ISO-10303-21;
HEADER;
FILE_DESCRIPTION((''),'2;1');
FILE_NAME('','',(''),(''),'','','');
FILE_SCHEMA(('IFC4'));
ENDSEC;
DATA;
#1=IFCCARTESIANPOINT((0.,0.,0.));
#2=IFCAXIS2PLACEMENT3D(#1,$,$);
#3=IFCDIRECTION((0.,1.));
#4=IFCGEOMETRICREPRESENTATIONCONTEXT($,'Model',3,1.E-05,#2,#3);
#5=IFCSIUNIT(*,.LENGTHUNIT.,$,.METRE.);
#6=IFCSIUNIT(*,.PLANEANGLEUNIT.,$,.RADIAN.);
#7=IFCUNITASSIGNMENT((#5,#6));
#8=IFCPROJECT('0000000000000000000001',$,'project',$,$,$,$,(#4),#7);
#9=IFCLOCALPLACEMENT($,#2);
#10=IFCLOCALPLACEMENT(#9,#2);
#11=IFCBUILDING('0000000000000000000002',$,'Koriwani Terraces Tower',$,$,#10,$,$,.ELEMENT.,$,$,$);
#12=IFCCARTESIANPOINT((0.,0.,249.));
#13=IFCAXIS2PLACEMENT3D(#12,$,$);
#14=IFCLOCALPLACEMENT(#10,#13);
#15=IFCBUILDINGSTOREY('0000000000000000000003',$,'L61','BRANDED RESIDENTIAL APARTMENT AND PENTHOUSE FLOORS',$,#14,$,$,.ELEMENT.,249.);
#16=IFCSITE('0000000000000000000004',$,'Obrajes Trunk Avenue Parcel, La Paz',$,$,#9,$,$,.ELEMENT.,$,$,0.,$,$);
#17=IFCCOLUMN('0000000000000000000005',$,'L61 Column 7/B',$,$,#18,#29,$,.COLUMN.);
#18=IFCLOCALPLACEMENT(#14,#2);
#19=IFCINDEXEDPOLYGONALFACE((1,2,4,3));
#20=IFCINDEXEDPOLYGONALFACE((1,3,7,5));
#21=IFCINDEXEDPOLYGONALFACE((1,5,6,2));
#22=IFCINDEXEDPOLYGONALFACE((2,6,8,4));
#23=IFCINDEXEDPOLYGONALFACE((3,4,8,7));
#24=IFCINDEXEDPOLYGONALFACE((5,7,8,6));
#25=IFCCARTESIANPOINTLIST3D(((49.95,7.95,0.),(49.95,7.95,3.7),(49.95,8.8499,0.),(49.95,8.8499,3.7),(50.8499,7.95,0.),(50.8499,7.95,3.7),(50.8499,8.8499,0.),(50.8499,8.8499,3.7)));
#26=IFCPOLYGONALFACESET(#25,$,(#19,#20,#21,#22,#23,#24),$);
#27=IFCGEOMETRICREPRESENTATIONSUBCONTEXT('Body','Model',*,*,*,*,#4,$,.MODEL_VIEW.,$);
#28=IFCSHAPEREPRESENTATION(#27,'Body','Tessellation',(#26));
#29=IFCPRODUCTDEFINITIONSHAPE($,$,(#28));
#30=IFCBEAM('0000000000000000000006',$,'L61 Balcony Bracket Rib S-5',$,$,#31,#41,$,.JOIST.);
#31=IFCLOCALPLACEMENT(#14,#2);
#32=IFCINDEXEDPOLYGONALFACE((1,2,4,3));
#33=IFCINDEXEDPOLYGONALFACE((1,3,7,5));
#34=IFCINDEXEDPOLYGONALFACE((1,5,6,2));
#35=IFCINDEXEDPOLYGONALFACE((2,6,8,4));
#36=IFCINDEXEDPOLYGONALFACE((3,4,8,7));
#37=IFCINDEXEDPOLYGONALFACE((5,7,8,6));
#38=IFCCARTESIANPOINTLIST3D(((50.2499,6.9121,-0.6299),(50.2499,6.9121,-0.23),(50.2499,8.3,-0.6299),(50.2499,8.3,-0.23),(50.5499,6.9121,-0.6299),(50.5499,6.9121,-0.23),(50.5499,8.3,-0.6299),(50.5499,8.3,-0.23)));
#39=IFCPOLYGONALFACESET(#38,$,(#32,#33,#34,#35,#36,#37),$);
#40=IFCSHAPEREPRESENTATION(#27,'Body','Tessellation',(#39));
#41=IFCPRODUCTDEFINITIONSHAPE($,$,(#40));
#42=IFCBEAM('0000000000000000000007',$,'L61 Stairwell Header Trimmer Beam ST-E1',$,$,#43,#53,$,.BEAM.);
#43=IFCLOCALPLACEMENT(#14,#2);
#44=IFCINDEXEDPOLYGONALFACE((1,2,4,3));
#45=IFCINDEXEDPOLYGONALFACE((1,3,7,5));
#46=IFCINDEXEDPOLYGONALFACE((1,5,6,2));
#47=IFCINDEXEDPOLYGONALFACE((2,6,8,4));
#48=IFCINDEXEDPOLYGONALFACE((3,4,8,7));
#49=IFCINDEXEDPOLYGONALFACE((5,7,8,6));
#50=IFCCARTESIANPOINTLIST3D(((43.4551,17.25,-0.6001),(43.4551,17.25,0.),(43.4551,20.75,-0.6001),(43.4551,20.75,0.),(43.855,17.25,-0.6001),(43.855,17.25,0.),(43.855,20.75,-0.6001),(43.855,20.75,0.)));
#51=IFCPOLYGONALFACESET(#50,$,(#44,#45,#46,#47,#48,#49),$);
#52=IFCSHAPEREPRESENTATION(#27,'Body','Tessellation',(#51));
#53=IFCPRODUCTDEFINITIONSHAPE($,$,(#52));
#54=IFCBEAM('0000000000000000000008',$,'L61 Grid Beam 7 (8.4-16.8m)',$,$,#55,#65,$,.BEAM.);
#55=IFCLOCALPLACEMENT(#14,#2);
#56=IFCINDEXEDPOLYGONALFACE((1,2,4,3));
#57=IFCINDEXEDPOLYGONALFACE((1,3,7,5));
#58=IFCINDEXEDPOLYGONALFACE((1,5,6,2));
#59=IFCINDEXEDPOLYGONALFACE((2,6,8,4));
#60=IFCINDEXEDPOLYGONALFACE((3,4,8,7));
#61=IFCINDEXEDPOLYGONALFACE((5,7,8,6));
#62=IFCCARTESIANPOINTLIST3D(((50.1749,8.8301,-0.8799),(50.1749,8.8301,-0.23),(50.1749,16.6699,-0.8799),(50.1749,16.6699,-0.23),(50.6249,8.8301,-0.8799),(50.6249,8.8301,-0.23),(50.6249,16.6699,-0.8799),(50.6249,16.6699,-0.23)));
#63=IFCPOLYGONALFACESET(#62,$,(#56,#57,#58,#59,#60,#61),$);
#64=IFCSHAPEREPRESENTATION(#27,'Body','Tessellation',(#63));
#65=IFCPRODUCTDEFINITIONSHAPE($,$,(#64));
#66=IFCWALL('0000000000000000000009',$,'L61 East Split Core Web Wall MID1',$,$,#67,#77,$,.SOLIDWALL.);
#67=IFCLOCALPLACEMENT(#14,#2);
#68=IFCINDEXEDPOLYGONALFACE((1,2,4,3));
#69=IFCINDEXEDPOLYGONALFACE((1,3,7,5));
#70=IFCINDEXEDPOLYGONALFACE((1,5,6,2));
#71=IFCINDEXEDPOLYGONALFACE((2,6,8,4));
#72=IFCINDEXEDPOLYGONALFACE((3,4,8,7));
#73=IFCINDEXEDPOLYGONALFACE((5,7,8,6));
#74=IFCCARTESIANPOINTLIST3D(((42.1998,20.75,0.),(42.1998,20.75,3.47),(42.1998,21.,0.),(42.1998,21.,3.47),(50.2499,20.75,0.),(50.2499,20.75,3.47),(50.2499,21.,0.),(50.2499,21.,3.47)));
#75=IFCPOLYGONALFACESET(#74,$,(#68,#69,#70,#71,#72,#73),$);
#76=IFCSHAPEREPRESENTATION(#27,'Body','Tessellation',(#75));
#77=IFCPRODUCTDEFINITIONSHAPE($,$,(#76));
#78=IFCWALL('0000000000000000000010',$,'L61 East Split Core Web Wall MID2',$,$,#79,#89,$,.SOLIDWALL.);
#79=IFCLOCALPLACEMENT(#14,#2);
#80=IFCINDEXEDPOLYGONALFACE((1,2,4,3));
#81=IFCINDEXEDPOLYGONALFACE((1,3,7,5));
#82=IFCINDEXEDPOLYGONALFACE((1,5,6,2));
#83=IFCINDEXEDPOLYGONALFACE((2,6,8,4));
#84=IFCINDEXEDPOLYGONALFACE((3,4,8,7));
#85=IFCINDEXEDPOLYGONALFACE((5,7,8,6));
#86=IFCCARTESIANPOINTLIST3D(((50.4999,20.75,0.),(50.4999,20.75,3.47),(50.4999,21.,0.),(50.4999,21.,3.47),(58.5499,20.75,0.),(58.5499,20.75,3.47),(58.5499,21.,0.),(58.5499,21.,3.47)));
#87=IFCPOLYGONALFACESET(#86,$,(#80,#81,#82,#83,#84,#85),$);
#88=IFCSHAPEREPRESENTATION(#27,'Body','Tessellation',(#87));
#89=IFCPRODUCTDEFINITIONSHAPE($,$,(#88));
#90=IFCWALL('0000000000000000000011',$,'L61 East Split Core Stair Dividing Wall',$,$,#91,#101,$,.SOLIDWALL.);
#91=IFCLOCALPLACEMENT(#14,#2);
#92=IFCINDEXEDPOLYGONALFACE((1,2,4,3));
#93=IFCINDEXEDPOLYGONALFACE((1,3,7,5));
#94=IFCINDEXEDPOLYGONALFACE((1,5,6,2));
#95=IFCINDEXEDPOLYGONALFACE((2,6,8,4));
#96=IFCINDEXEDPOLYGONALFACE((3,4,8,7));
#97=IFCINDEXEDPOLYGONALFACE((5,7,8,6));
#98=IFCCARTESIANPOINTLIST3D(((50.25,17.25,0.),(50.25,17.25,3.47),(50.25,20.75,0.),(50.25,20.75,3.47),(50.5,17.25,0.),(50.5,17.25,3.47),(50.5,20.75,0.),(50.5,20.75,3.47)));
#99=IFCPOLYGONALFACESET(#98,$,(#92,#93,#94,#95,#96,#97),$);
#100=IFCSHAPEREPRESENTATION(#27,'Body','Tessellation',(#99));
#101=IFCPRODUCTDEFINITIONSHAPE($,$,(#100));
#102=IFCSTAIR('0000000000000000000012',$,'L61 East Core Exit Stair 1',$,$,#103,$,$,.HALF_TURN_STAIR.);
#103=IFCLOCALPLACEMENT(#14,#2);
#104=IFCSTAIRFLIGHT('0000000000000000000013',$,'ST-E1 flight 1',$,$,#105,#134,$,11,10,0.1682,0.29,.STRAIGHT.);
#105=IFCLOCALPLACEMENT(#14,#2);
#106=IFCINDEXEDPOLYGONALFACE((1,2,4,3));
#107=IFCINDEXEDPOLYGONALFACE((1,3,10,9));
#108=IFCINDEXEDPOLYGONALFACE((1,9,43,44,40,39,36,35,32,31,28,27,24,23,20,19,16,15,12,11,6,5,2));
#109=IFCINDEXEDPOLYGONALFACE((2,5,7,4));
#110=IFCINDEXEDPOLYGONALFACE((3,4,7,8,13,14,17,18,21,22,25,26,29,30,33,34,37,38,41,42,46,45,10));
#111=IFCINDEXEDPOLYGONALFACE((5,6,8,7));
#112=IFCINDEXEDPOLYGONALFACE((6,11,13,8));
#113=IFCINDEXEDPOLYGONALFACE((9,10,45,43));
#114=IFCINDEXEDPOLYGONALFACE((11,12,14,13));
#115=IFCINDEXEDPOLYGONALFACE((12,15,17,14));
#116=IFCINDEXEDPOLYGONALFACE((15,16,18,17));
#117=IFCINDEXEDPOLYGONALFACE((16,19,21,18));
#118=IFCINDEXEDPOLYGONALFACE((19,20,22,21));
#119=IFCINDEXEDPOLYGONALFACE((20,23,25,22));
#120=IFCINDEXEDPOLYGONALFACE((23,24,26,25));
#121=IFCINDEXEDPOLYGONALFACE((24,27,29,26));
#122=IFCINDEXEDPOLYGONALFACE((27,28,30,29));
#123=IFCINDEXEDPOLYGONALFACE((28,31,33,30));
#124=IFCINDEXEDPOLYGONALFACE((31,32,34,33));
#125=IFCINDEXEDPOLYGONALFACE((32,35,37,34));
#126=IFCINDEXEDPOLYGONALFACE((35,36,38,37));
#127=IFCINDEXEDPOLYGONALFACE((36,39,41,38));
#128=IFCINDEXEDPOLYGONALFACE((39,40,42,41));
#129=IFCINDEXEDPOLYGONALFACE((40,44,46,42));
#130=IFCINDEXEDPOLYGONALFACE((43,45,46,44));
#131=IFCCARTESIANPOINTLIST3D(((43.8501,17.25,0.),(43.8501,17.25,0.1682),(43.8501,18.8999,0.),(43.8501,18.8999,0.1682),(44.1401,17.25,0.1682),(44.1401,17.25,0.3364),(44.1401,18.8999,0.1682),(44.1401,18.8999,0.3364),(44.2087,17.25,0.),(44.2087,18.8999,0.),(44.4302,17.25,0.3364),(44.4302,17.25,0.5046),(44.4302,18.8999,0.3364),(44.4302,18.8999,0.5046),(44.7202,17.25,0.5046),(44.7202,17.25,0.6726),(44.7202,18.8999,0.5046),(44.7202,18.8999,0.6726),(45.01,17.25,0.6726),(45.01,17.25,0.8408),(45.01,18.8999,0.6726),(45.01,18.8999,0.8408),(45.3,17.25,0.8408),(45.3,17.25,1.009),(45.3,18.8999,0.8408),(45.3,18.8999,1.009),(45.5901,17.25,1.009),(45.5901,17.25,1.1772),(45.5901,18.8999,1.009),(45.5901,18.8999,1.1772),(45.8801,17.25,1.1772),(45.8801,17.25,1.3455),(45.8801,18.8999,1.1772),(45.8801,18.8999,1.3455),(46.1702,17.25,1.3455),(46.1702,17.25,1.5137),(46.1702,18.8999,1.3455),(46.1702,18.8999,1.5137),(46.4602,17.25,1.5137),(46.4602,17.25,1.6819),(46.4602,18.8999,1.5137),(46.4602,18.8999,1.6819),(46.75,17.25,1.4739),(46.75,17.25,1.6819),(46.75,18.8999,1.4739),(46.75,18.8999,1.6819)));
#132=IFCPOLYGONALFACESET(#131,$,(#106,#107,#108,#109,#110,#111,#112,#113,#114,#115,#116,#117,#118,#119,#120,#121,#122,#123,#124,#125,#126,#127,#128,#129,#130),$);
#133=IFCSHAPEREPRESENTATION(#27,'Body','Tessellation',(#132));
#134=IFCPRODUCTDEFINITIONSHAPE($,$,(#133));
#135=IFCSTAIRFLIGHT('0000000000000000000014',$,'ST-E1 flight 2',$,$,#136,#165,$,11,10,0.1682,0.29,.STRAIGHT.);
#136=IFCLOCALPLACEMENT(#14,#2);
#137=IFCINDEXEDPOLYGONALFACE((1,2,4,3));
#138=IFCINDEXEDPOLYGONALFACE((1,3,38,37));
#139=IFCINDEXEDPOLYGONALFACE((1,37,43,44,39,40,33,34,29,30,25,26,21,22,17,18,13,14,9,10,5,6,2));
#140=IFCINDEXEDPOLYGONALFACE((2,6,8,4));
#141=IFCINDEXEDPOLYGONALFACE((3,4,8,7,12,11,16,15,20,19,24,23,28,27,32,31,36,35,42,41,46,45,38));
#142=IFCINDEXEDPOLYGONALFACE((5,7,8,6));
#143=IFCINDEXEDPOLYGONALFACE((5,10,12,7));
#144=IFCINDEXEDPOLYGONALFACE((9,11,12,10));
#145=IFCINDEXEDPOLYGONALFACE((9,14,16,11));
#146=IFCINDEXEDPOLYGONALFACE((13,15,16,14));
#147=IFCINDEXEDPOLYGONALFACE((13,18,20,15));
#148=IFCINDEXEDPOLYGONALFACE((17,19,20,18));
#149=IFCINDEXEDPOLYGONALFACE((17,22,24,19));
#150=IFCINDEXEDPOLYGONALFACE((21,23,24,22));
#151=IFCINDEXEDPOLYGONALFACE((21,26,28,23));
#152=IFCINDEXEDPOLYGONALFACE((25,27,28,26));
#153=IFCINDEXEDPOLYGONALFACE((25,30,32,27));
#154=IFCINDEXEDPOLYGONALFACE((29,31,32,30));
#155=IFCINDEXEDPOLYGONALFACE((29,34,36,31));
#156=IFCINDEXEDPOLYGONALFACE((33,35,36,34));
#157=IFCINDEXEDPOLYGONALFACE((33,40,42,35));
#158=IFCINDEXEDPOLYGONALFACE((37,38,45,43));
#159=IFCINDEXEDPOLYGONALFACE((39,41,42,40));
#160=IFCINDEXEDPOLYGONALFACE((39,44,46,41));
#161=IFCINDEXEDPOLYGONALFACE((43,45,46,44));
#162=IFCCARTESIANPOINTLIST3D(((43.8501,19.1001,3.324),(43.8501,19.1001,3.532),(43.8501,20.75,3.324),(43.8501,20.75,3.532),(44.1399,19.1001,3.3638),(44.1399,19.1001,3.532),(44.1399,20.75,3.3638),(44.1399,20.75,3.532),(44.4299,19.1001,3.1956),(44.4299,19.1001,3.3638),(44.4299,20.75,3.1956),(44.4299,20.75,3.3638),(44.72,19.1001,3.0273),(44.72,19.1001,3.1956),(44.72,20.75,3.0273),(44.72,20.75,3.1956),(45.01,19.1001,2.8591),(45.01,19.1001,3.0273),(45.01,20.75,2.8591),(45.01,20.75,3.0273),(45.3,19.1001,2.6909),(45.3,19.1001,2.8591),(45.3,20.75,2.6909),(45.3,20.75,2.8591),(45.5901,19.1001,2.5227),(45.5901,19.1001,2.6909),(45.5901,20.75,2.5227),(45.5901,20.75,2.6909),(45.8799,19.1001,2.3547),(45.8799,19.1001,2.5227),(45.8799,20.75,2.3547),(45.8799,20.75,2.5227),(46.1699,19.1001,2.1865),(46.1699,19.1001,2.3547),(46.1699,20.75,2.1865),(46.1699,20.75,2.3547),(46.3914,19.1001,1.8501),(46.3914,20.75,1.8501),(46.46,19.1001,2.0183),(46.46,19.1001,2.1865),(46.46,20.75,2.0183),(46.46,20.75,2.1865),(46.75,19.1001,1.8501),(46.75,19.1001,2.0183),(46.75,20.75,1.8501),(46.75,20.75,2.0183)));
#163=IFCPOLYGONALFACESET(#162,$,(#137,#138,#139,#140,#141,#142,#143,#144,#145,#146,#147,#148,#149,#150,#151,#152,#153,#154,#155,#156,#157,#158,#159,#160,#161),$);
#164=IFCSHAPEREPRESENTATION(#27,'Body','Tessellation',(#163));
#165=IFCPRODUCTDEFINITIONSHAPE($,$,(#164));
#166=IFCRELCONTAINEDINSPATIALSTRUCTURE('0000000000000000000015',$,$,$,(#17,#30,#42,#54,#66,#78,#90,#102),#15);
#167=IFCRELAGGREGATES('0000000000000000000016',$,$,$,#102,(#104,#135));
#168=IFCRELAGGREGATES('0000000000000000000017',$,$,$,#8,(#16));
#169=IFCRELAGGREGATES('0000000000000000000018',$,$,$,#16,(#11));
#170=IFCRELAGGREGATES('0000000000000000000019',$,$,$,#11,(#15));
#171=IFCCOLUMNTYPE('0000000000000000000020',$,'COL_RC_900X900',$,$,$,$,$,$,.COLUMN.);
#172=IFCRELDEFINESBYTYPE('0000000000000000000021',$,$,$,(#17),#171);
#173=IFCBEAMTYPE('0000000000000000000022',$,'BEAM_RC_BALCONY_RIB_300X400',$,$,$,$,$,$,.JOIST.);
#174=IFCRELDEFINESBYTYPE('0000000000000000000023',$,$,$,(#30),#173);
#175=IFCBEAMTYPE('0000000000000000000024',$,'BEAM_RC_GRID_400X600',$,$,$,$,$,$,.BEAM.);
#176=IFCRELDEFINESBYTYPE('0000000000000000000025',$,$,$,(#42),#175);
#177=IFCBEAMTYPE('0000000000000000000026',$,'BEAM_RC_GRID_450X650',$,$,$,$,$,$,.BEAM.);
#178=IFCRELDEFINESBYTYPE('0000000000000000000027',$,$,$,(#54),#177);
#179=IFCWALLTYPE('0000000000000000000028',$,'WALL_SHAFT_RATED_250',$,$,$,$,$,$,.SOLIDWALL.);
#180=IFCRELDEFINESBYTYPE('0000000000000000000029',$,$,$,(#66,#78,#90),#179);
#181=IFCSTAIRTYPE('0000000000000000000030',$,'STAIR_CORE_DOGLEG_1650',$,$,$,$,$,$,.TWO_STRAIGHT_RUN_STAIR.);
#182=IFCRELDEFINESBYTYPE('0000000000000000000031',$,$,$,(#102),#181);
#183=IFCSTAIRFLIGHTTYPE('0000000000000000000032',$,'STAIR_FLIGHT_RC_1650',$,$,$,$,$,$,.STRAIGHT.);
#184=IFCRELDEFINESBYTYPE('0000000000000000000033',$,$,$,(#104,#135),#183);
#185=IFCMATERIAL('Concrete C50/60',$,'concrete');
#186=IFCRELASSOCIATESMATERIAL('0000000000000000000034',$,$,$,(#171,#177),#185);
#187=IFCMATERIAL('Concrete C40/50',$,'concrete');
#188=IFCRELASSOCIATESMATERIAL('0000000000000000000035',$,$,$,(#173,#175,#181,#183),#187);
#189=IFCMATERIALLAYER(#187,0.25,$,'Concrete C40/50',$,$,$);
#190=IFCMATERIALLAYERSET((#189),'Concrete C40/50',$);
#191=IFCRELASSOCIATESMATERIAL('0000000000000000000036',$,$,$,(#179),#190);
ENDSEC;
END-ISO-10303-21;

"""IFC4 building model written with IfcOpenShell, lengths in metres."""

from ifc_helpers import new_model, si_unit, direction, frame, frame_2d, origin, origin_2d, place, context, subcontext, project, spatial, polyline, rectangle, outline, extrude, material, layer, layer_set, material_profile, profile_set, type_object, element, aggregate, save


model = new_model("IFC4")

# Units and contexts
model_context = context("Model", 3, precision=1e-05, world=origin(), true_north=direction((0.0, 1.0)))
body_context = subcontext(model_context, "Body", "Model", "MODEL_VIEW")
ifc_project = project(units=[si_unit("LENGTHUNIT", "METRE"), si_unit("PLANEANGLEUNIT", "RADIAN")], contexts=[model_context])

# Site, building, storey
site_placement = place(None, origin())
site = spatial("IfcSite", under=ifc_project, at=site_placement, Name="Obrajes Trunk Avenue Parcel, La Paz", CompositionType="ELEMENT", RefElevation=0.0)
building_placement = place(site_placement, origin())
building = spatial("IfcBuilding", under=site, at=building_placement, Name="Koriwani Terraces Tower", CompositionType="ELEMENT")
storey_placement = place(building_placement, frame((0.0, 0.0, 249.0)))
storey = spatial("IfcBuildingStorey", under=building, at=storey_placement, Name="L61", Description="BRANDED RESIDENTIAL APARTMENT AND PENTHOUSE FLOORS", CompositionType="ELEMENT", Elevation=249.0)

# Column
ifc_material_1 = material(Name="Concrete C50/60", Category="concrete")
ifc_material_profile_1 = material_profile(ifc_material_1, rectangle(XDim=0.8999, YDim=0.8999, at=origin_2d()), Name="Concrete C50/60", Category="LoadBearing")
ifc_profile_set_1 = profile_set([ifc_material_profile_1], Name="Concrete C50/60")
column_type = type_object("IfcColumnType", Name="COL_RC_900X900", PredefinedType="COLUMN", material=ifc_profile_set_1)
column_placement = place(storey_placement, frame((50.3999, 8.3999, 0.0), z_axis=(0.0, 0.0, 1.0), x_axis=(1.0, 0.0, 0.0)))
element("IfcColumn", 1, at=column_placement, inside=storey, type_object=column_type, Name="L61 Column 7/B", PredefinedType="COLUMN", context=body_context, shape_type="SweptSolid", body=[
    extrude(rectangle(XDim=0.8999, YDim=0.8999, at=origin_2d()), origin(), (0.0, 0.0, 1.0), 3.7),
])

# Beams
ifc_material_2 = material(Name="Concrete C40/50", Category="concrete")
ifc_material_profile_2 = material_profile(ifc_material_2, rectangle(XDim=0.3, YDim=0.3999, at=origin_2d()), Name="Concrete C40/50", Category="LoadBearing")
ifc_profile_set_2 = profile_set([ifc_material_profile_2], Name="Concrete C40/50")
beam_type_1 = type_object("IfcBeamType", Name="BEAM_RC_BALCONY_RIB_300X400", PredefinedType="JOIST", material=ifc_profile_set_2)
beam_1_placement = place(storey_placement, frame((50.3999, 6.9121, -0.4299), z_axis=(0.0, 1.0, 0.0), x_axis=(-1.0, 0.0, 0.0)))
element("IfcBeam", 2, at=beam_1_placement, inside=storey, type_object=beam_type_1, Name="L61 Balcony Bracket Rib S-5", PredefinedType="JOIST", context=body_context, shape_type="SweptSolid", body=[
    extrude(rectangle(XDim=0.3, YDim=0.3999, at=origin_2d()), origin(), (0.0, 0.0, 1.0), 1.3879),
])
ifc_material_profile_3 = material_profile(ifc_material_2, rectangle(XDim=0.3999, YDim=0.6001, at=origin_2d()), Name="Concrete C40/50", Category="LoadBearing")
ifc_profile_set_3 = profile_set([ifc_material_profile_3], Name="Concrete C40/50")
beam_type_2 = type_object("IfcBeamType", Name="BEAM_RC_GRID_400X600", PredefinedType="BEAM", material=ifc_profile_set_3)
beam_2_placement = place(storey_placement, frame((43.655, 17.25, -0.3), z_axis=(0.0, 1.0, 0.0), x_axis=(-1.0, 0.0, 0.0)))
element("IfcBeam", 3, at=beam_2_placement, inside=storey, type_object=beam_type_2, Name="L61 Stairwell Header Trimmer Beam ST-E1", PredefinedType="BEAM", context=body_context, shape_type="SweptSolid", body=[
    extrude(rectangle(XDim=0.3999, YDim=0.6001, at=origin_2d()), origin(), (0.0, 0.0, 1.0), 3.5),
])
ifc_material_profile_4 = material_profile(ifc_material_1, rectangle(XDim=0.45, YDim=0.6499, at=origin_2d()), Name="Concrete C50/60", Category="LoadBearing")
ifc_profile_set_4 = profile_set([ifc_material_profile_4], Name="Concrete C50/60")
beam_type_3 = type_object("IfcBeamType", Name="BEAM_RC_GRID_450X650", PredefinedType="BEAM", material=ifc_profile_set_4)
beam_3_placement = place(storey_placement, frame((50.3999, 8.8301, -0.5549), z_axis=(0.0, 1.0, 0.0), x_axis=(-1.0, 0.0, 0.0)))
element("IfcBeam", 4, at=beam_3_placement, inside=storey, type_object=beam_type_3, Name="L61 Grid Beam 7 (8.4-16.8m)", PredefinedType="BEAM", context=body_context, shape_type="SweptSolid", body=[
    extrude(rectangle(XDim=0.45, YDim=0.6499, at=origin_2d()), origin(), (0.0, 0.0, 1.0), 7.8398),
])

# Walls
ifc_layer_1 = layer(ifc_material_2, 0.25, Name="Concrete C40/50")
ifc_layer_set_1 = layer_set([ifc_layer_1], Name="Concrete C40/50")
wall_type = type_object("IfcWallType", Name="WALL_SHAFT_RATED_250", PredefinedType="SOLIDWALL", material=ifc_layer_set_1)
for number, where, z_axis, x_axis, name in (
    (5, (42.2, 20.875, 0.0), (0.0, 0.0, 1.0), (1.0, 0.0, 0.0), "L61 East Split Core Web Wall MID1"),
    (6, (50.5, 20.875, 0.0), (0.0, 0.0, 1.0), (1.0, 0.0, 0.0), "L61 East Split Core Web Wall MID2"),
):
    element("IfcWall", number, at=place(storey_placement, frame(where, z_axis=z_axis, x_axis=x_axis)), inside=storey, type_object=wall_type, Name=name, PredefinedType="SOLIDWALL", context=body_context, shape_type="SweptSolid", body=[
        extrude(rectangle(XDim=8.05, YDim=0.25, at=frame_2d((4.0249, 0.0))), origin(), (0.0, 0.0, 1.0), 3.47),
    ])
wall_1_placement = place(storey_placement, frame((50.375, 17.25, 0.0), z_axis=(0.0, 0.0, 1.0), x_axis=(0.0, 1.0, 0.0)))
element("IfcWall", 7, at=wall_1_placement, inside=storey, type_object=wall_type, Name="L61 East Split Core Stair Dividing Wall", PredefinedType="SOLIDWALL", context=body_context, shape_type="SweptSolid", body=[
    extrude(rectangle(XDim=3.5, YDim=0.25, at=frame_2d((1.75, 0.0))), origin(), (0.0, 0.0, 1.0), 3.47),
])

# Stair, stair flights
stair_type = type_object("IfcStairType", Name="STAIR_CORE_DOGLEG_1650", PredefinedType="TWO_STRAIGHT_RUN_STAIR", material=ifc_material_2)
stair_placement = place(storey_placement, origin())
stair = element("IfcStair", 8, at=stair_placement, inside=storey, type_object=stair_type, Name="L61 East Core Exit Stair 1", PredefinedType="HALF_TURN_STAIR")
stair_flight_type = type_object("IfcStairFlightType", Name="STAIR_FLIGHT_RC_1650", PredefinedType="STRAIGHT", material=ifc_material_2)
stair_flight_1_placement = place(storey_placement, frame((43.8501, 18.075, 0.0), z_axis=(0.0, 0.0, 1.0), x_axis=(1.0, 0.0, 0.0)))
stair_flight_1 = element("IfcStairFlight", 9, at=stair_flight_1_placement, type_object=stair_flight_type, Name="ST-E1 flight 1", NumberOfRisers=11, NumberOfTreads=10, PredefinedType="STRAIGHT", RiserHeight=0.1682, TreadLength=0.29, context=body_context, shape_type="SweptSolid", body=[
    extrude(outline(polyline([(0.0, 0.0), (0.0, 0.1682), (0.29, 0.1682), (0.29, 0.3364), (0.5801, 0.3364), (0.5801, 0.5046), (0.8701, 0.5046), (0.8701, 0.6726), (1.1599, 0.6726), (1.1599, 0.8408), (1.45, 0.8408), (1.45, 1.009), (1.74, 1.009), (1.74, 1.1772), (2.03, 1.1772), (2.03, 1.3455), (2.3201, 1.3455), (2.3201, 1.5137), (2.6101, 1.5137), (2.6101, 1.6819), (2.8999, 1.6819), (2.8999, 1.8501), (2.8999, 1.4739), (0.3586, 0.0), (0.0, 0.0)])), frame((0.0, 0.825, 0.0), z_axis=(0.0, -1.0, 0.0), x_axis=(1.0, 0.0, 0.0)), (0.0, 0.0, 1.0), 1.6499),
])
stair_flight_2_placement = place(storey_placement, frame((46.75, 19.925, 1.8501), z_axis=(0.0, 0.0, 1.0), x_axis=(-1.0, 0.0, 0.0)))
stair_flight_2 = element("IfcStairFlight", 10, at=stair_flight_2_placement, type_object=stair_flight_type, Name="ST-E1 flight 2", NumberOfRisers=11, NumberOfTreads=10, PredefinedType="STRAIGHT", RiserHeight=0.1682, TreadLength=0.29, context=body_context, shape_type="SweptSolid", body=[
    extrude(outline(polyline([(0.0, 0.0), (0.0, 0.1682), (0.29, 0.1682), (0.29, 0.3364), (0.5801, 0.3364), (0.5801, 0.5046), (0.8701, 0.5046), (0.8701, 0.6726), (1.1599, 0.6726), (1.1599, 0.8408), (1.45, 0.8408), (1.45, 1.009), (1.74, 1.009), (1.74, 1.1772), (2.03, 1.1772), (2.03, 1.3455), (2.3201, 1.3455), (2.3201, 1.5137), (2.6101, 1.5137), (2.6101, 1.6819), (2.8999, 1.6819), (2.8999, 1.8501), (2.8999, 1.4739), (0.3586, 0.0), (0.0, 0.0)])), frame((0.0, 0.825, 0.0), z_axis=(0.0, -1.0, 0.0), x_axis=(1.0, 0.0, 0.0)), (0.0, 0.0, 1.0), 1.6499),
])
aggregate(stair, [stair_flight_1, stair_flight_2])

save(model, "model.ifc")
